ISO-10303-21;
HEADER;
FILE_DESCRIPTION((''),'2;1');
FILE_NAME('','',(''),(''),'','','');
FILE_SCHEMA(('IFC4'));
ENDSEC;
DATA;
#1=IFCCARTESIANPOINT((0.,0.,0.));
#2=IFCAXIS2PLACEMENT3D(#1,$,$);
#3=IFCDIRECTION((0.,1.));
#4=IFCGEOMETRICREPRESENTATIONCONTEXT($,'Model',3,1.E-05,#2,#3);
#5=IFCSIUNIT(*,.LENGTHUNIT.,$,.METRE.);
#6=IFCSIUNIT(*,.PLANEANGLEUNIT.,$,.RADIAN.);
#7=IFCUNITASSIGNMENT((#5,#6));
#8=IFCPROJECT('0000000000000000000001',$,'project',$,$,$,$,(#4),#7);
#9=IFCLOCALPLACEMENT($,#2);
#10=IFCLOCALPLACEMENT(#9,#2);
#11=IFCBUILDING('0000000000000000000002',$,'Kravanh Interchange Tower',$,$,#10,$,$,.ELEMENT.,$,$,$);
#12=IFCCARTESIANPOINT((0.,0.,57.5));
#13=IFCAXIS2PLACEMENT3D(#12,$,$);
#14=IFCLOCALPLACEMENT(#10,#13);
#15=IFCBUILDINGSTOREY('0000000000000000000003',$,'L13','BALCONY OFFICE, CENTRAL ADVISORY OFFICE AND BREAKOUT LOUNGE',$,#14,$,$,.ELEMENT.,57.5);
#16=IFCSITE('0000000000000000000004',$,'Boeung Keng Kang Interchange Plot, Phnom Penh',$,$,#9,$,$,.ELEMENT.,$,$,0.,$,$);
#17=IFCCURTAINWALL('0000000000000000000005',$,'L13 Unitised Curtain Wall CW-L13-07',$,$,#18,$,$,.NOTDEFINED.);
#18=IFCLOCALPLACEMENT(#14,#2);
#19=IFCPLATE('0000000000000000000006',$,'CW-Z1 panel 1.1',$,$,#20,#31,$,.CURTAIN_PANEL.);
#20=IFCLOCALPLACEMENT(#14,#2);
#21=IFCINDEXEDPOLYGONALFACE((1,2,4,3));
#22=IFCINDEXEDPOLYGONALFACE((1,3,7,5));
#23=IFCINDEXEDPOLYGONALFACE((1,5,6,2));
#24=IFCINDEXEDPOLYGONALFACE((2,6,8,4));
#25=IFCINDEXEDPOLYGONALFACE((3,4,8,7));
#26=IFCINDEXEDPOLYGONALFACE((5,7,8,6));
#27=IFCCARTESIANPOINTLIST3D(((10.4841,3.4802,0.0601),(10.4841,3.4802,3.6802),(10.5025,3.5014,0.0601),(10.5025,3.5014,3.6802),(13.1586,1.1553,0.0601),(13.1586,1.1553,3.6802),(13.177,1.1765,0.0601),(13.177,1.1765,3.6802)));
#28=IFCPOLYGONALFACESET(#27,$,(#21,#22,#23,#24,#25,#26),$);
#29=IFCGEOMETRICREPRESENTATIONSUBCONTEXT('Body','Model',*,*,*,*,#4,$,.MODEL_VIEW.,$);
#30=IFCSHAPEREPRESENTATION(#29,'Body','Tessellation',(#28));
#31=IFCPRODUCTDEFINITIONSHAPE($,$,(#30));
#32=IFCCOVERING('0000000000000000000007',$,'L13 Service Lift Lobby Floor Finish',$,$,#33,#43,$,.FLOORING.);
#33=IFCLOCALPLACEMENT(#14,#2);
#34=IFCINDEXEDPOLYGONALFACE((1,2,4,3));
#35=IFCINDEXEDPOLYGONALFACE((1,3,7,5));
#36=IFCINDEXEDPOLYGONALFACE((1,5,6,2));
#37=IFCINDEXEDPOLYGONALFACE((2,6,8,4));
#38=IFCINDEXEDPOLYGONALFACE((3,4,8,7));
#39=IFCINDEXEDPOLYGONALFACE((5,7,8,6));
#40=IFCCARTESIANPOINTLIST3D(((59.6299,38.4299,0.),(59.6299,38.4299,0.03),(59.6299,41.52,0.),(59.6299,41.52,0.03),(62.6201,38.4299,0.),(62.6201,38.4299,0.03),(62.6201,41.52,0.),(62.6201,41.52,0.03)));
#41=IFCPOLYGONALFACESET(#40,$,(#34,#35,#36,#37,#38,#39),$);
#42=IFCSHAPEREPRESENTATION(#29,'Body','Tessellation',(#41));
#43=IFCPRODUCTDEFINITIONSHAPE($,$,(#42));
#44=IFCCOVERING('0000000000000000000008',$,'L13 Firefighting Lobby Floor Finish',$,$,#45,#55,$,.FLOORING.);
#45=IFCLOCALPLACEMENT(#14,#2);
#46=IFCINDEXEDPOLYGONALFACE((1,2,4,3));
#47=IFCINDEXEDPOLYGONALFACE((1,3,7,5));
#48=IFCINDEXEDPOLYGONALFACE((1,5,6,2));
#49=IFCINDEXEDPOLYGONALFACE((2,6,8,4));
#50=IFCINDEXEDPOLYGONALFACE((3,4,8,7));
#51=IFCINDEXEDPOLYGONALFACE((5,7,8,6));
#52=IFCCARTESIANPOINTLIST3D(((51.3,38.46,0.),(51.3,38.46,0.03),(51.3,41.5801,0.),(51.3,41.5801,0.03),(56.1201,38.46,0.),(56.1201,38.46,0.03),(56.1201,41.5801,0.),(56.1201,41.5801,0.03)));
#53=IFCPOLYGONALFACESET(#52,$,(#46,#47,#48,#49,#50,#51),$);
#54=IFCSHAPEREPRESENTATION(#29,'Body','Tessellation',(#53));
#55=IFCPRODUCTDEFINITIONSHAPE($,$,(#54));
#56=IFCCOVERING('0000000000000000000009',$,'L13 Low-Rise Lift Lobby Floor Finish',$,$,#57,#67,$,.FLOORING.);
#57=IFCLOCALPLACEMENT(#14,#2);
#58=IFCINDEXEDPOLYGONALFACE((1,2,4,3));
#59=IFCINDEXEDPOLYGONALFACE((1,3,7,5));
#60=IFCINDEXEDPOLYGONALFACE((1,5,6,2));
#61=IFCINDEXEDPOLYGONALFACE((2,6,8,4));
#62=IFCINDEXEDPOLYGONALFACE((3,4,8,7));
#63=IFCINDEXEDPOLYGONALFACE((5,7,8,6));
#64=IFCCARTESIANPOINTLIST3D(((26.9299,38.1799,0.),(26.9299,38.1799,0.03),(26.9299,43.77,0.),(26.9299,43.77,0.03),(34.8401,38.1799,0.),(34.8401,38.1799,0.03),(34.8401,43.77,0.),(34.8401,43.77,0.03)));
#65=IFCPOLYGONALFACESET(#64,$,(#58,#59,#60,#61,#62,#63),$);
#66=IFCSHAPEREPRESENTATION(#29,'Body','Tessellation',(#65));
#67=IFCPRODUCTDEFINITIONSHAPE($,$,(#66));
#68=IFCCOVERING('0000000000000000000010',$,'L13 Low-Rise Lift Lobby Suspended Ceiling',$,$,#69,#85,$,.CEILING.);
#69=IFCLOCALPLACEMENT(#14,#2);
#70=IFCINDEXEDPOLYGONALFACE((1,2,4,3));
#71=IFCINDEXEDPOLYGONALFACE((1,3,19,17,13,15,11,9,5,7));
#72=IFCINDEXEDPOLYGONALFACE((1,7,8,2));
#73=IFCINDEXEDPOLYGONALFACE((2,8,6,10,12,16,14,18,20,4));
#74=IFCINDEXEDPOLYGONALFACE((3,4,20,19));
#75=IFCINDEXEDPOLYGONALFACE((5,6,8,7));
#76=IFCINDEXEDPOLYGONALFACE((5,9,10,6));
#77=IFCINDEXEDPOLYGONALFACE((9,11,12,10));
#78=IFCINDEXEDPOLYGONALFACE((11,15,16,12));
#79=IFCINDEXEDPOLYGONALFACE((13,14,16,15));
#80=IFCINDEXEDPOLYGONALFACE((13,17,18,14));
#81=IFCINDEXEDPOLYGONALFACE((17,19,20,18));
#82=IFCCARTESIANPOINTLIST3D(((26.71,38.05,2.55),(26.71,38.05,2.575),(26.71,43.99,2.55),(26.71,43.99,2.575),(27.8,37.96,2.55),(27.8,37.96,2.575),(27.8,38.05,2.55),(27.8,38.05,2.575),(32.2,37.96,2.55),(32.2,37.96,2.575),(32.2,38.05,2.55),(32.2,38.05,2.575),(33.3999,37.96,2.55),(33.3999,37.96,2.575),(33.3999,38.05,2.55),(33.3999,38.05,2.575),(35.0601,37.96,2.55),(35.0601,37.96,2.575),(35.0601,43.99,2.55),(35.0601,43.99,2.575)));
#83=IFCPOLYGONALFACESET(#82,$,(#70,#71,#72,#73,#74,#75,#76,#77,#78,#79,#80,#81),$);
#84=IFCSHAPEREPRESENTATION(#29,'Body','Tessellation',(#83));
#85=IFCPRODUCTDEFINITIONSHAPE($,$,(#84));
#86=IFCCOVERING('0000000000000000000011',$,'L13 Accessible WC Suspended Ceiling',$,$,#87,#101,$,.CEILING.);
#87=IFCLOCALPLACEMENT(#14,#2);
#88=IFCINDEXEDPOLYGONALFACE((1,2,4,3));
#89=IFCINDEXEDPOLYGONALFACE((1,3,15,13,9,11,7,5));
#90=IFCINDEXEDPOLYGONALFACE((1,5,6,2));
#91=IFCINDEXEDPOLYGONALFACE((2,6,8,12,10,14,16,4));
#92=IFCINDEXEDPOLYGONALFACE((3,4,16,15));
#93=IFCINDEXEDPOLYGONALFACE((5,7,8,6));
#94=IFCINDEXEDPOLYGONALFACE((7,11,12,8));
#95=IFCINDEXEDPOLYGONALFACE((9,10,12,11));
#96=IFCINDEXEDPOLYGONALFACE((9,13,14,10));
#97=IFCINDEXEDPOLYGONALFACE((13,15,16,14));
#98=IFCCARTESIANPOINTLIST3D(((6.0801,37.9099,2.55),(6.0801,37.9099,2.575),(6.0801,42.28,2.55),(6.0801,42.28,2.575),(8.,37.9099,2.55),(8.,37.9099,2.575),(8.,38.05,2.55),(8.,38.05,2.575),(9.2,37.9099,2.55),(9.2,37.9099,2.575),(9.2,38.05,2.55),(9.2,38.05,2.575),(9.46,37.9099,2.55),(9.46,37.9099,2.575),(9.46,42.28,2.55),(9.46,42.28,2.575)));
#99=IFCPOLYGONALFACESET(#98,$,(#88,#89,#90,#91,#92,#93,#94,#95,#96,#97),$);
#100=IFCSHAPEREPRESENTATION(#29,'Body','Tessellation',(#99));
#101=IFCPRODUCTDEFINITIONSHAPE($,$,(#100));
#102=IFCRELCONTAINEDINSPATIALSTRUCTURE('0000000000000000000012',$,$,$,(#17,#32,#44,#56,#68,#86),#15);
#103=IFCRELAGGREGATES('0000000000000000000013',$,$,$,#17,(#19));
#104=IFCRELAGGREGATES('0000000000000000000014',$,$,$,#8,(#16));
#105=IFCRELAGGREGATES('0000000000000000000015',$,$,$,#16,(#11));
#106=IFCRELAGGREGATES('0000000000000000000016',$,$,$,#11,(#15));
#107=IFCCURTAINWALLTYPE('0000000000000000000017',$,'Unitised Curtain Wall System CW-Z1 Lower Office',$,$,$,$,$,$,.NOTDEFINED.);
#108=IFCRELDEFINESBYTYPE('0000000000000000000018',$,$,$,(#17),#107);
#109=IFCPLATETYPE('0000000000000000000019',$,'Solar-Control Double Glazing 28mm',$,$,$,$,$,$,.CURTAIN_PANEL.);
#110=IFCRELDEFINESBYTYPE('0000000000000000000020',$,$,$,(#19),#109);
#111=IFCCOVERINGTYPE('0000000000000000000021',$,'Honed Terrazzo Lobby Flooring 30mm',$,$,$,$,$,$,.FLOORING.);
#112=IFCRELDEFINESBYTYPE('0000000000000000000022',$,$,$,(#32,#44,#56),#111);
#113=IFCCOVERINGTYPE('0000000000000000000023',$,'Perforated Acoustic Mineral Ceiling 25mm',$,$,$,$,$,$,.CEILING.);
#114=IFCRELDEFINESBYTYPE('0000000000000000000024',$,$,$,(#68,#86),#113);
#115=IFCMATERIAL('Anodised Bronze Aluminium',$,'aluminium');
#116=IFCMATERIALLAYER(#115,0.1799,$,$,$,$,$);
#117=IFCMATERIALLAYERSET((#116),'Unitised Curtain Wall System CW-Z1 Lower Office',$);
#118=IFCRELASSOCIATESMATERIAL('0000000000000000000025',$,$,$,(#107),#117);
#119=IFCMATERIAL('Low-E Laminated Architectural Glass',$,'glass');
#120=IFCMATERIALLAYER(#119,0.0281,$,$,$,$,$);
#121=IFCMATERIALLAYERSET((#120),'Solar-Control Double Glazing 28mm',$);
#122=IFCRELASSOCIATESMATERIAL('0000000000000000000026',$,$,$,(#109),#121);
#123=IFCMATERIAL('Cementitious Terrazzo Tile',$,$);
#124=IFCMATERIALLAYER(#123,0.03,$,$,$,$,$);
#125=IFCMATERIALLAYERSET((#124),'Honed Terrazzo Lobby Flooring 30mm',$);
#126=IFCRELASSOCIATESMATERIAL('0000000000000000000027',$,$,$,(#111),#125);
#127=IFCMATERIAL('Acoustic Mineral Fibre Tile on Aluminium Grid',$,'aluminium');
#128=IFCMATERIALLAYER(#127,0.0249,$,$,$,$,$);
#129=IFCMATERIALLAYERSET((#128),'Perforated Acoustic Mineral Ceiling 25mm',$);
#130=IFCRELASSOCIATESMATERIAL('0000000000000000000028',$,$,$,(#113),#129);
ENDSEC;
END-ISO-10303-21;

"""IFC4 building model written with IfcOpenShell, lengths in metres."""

from ifc_helpers import new_model, si_unit, direction, frame, origin, origin_2d, place, context, subcontext, project, spatial, polyline, rectangle, outline, extrude, material, layer, layer_set, type_object, element, aggregate, save


model = new_model("IFC4")

# Units and contexts
model_context = context("Model", 3, precision=1e-05, world=origin(), true_north=direction((0.0, 1.0)))
body_context = subcontext(model_context, "Body", "Model", "MODEL_VIEW")
ifc_project = project(units=[si_unit("LENGTHUNIT", "METRE"), si_unit("PLANEANGLEUNIT", "RADIAN")], contexts=[model_context])

# Site, building, storey
site_placement = place(None, origin())
site = spatial("IfcSite", under=ifc_project, at=site_placement, Name="Boeung Keng Kang Interchange Plot, Phnom Penh", CompositionType="ELEMENT", RefElevation=0.0)
building_placement = place(site_placement, origin())
building = spatial("IfcBuilding", under=site, at=building_placement, Name="Kravanh Interchange Tower", CompositionType="ELEMENT")
storey_placement = place(building_placement, frame((0.0, 0.0, 57.5)))
storey = spatial("IfcBuildingStorey", under=building, at=storey_placement, Name="L13", Description="BALCONY OFFICE, CENTRAL ADVISORY OFFICE AND BREAKOUT LOUNGE", CompositionType="ELEMENT", Elevation=57.5)

# Shared definitions
ifc_material_1 = material(Name="Anodised Bronze Aluminium", Category="aluminium")
ifc_layer_1 = layer(ifc_material_1, 0.1799)
ifc_layer_set_1 = layer_set([ifc_layer_1], Name="Unitised Curtain Wall System CW-Z1 Lower Office")
curtain_wall_type = type_object("IfcCurtainWallType", Name="Unitised Curtain Wall System CW-Z1 Lower Office", PredefinedType="NOTDEFINED", material=ifc_layer_set_1)

# Curtain wall
curtain_wall_1_placement = place(storey_placement, origin())
curtain_wall_1 = element("IfcCurtainWall", 1, at=curtain_wall_1_placement, inside=storey, type_object=curtain_wall_type, Name="L13 Unitised Curtain Wall CW-L13-07", PredefinedType="NOTDEFINED")

# Plate
ifc_material_2 = material(Name="Low-E Laminated Architectural Glass", Category="glass")
ifc_layer_2 = layer(ifc_material_2, 0.0281)
ifc_layer_set_2 = layer_set([ifc_layer_2], Name="Solar-Control Double Glazing 28mm")
plate_type = type_object("IfcPlateType", Name="Solar-Control Double Glazing 28mm", PredefinedType="CURTAIN_PANEL", material=ifc_layer_set_2)
plate_1_placement = place(storey_placement, frame((11.8306, 2.3284, 0.0601), z_axis=(0.0, 0.0, 1.0), x_axis=(-0.754708, 0.65606, 0.0)))
plate_1 = element("IfcPlate", 2, at=plate_1_placement, type_object=plate_type, Name="CW-Z1 panel 1.1", PredefinedType="CURTAIN_PANEL", context=body_context, shape_type="SweptSolid", body=[
    extrude(rectangle(XDim=3.5437, YDim=0.0281, at=origin_2d()), origin(), (0.0, 0.0, 1.0), 3.6201),
])
aggregate(curtain_wall_1, [plate_1])

# Coverings
ifc_material_3 = material(Name="Cementitious Terrazzo Tile")
ifc_layer_3 = layer(ifc_material_3, 0.03)
ifc_layer_set_3 = layer_set([ifc_layer_3], Name="Honed Terrazzo Lobby Flooring 30mm")
covering_type_1 = type_object("IfcCoveringType", Name="Honed Terrazzo Lobby Flooring 30mm", PredefinedType="FLOORING", material=ifc_layer_set_3)
covering_1_placement = place(storey_placement, origin())
element("IfcCovering", 3, at=covering_1_placement, inside=storey, type_object=covering_type_1, Name="L13 Service Lift Lobby Floor Finish", PredefinedType="FLOORING", context=body_context, shape_type="SweptSolid", body=[
    extrude(outline(polyline([(59.6299, 41.52), (62.6201, 41.52), (62.6201, 38.4299), (59.6299, 38.4299), (59.6299, 41.52)])), origin(), (0.0, 0.0, 1.0), 0.03),
])
covering_2_placement = place(storey_placement, origin())
element("IfcCovering", 4, at=covering_2_placement, inside=storey, type_object=covering_type_1, Name="L13 Firefighting Lobby Floor Finish", PredefinedType="FLOORING", context=body_context, shape_type="SweptSolid", body=[
    extrude(outline(polyline([(56.1201, 38.46), (51.3, 38.46), (51.3, 41.5801), (56.1201, 41.5801), (56.1201, 38.46)])), origin(), (0.0, 0.0, 1.0), 0.03),
])
covering_3_placement = place(storey_placement, origin())
element("IfcCovering", 5, at=covering_3_placement, inside=storey, type_object=covering_type_1, Name="L13 Low-Rise Lift Lobby Floor Finish", PredefinedType="FLOORING", context=body_context, shape_type="SweptSolid", body=[
    extrude(outline(polyline([(26.9299, 43.77), (34.8401, 43.77), (34.8401, 38.1799), (26.9299, 38.1799), (26.9299, 43.77)])), origin(), (0.0, 0.0, 1.0), 0.03),
])
ifc_material_4 = material(Name="Acoustic Mineral Fibre Tile on Aluminium Grid", Category="aluminium")
ifc_layer_4 = layer(ifc_material_4, 0.0249)
ifc_layer_set_4 = layer_set([ifc_layer_4], Name="Perforated Acoustic Mineral Ceiling 25mm")
covering_type_2 = type_object("IfcCoveringType", Name="Perforated Acoustic Mineral Ceiling 25mm", PredefinedType="CEILING", material=ifc_layer_set_4)
covering_4_placement = place(storey_placement, frame((0.0, 0.0, 2.55)))
element("IfcCovering", 6, at=covering_4_placement, inside=storey, type_object=covering_type_2, Name="L13 Low-Rise Lift Lobby Suspended Ceiling", PredefinedType="CEILING", context=body_context, shape_type="SweptSolid", body=[
    extrude(outline(polyline([(35.0601, 37.96), (33.3999, 37.96), (33.3999, 38.05), (32.2, 38.05), (32.2, 37.96), (27.8, 37.96), (27.8, 38.05), (26.71, 38.05), (26.71, 43.99), (35.0601, 43.99), (35.0601, 37.96)])), origin(), (0.0, 0.0, 1.0), 0.0249),
])
covering_5_placement = place(storey_placement, frame((0.0, 0.0, 2.55)))
element("IfcCovering", 7, at=covering_5_placement, inside=storey, type_object=covering_type_2, Name="L13 Accessible WC Suspended Ceiling", PredefinedType="CEILING", context=body_context, shape_type="SweptSolid", body=[
    extrude(outline(polyline([(9.46, 42.28), (9.46, 37.9099), (9.2, 37.9099), (9.2, 38.05), (8.0, 38.05), (8.0, 37.9099), (6.0801, 37.9099), (6.0801, 42.28), (9.46, 42.28)])), origin(), (0.0, 0.0, 1.0), 0.0249),
])

save(model, "model.ifc")
